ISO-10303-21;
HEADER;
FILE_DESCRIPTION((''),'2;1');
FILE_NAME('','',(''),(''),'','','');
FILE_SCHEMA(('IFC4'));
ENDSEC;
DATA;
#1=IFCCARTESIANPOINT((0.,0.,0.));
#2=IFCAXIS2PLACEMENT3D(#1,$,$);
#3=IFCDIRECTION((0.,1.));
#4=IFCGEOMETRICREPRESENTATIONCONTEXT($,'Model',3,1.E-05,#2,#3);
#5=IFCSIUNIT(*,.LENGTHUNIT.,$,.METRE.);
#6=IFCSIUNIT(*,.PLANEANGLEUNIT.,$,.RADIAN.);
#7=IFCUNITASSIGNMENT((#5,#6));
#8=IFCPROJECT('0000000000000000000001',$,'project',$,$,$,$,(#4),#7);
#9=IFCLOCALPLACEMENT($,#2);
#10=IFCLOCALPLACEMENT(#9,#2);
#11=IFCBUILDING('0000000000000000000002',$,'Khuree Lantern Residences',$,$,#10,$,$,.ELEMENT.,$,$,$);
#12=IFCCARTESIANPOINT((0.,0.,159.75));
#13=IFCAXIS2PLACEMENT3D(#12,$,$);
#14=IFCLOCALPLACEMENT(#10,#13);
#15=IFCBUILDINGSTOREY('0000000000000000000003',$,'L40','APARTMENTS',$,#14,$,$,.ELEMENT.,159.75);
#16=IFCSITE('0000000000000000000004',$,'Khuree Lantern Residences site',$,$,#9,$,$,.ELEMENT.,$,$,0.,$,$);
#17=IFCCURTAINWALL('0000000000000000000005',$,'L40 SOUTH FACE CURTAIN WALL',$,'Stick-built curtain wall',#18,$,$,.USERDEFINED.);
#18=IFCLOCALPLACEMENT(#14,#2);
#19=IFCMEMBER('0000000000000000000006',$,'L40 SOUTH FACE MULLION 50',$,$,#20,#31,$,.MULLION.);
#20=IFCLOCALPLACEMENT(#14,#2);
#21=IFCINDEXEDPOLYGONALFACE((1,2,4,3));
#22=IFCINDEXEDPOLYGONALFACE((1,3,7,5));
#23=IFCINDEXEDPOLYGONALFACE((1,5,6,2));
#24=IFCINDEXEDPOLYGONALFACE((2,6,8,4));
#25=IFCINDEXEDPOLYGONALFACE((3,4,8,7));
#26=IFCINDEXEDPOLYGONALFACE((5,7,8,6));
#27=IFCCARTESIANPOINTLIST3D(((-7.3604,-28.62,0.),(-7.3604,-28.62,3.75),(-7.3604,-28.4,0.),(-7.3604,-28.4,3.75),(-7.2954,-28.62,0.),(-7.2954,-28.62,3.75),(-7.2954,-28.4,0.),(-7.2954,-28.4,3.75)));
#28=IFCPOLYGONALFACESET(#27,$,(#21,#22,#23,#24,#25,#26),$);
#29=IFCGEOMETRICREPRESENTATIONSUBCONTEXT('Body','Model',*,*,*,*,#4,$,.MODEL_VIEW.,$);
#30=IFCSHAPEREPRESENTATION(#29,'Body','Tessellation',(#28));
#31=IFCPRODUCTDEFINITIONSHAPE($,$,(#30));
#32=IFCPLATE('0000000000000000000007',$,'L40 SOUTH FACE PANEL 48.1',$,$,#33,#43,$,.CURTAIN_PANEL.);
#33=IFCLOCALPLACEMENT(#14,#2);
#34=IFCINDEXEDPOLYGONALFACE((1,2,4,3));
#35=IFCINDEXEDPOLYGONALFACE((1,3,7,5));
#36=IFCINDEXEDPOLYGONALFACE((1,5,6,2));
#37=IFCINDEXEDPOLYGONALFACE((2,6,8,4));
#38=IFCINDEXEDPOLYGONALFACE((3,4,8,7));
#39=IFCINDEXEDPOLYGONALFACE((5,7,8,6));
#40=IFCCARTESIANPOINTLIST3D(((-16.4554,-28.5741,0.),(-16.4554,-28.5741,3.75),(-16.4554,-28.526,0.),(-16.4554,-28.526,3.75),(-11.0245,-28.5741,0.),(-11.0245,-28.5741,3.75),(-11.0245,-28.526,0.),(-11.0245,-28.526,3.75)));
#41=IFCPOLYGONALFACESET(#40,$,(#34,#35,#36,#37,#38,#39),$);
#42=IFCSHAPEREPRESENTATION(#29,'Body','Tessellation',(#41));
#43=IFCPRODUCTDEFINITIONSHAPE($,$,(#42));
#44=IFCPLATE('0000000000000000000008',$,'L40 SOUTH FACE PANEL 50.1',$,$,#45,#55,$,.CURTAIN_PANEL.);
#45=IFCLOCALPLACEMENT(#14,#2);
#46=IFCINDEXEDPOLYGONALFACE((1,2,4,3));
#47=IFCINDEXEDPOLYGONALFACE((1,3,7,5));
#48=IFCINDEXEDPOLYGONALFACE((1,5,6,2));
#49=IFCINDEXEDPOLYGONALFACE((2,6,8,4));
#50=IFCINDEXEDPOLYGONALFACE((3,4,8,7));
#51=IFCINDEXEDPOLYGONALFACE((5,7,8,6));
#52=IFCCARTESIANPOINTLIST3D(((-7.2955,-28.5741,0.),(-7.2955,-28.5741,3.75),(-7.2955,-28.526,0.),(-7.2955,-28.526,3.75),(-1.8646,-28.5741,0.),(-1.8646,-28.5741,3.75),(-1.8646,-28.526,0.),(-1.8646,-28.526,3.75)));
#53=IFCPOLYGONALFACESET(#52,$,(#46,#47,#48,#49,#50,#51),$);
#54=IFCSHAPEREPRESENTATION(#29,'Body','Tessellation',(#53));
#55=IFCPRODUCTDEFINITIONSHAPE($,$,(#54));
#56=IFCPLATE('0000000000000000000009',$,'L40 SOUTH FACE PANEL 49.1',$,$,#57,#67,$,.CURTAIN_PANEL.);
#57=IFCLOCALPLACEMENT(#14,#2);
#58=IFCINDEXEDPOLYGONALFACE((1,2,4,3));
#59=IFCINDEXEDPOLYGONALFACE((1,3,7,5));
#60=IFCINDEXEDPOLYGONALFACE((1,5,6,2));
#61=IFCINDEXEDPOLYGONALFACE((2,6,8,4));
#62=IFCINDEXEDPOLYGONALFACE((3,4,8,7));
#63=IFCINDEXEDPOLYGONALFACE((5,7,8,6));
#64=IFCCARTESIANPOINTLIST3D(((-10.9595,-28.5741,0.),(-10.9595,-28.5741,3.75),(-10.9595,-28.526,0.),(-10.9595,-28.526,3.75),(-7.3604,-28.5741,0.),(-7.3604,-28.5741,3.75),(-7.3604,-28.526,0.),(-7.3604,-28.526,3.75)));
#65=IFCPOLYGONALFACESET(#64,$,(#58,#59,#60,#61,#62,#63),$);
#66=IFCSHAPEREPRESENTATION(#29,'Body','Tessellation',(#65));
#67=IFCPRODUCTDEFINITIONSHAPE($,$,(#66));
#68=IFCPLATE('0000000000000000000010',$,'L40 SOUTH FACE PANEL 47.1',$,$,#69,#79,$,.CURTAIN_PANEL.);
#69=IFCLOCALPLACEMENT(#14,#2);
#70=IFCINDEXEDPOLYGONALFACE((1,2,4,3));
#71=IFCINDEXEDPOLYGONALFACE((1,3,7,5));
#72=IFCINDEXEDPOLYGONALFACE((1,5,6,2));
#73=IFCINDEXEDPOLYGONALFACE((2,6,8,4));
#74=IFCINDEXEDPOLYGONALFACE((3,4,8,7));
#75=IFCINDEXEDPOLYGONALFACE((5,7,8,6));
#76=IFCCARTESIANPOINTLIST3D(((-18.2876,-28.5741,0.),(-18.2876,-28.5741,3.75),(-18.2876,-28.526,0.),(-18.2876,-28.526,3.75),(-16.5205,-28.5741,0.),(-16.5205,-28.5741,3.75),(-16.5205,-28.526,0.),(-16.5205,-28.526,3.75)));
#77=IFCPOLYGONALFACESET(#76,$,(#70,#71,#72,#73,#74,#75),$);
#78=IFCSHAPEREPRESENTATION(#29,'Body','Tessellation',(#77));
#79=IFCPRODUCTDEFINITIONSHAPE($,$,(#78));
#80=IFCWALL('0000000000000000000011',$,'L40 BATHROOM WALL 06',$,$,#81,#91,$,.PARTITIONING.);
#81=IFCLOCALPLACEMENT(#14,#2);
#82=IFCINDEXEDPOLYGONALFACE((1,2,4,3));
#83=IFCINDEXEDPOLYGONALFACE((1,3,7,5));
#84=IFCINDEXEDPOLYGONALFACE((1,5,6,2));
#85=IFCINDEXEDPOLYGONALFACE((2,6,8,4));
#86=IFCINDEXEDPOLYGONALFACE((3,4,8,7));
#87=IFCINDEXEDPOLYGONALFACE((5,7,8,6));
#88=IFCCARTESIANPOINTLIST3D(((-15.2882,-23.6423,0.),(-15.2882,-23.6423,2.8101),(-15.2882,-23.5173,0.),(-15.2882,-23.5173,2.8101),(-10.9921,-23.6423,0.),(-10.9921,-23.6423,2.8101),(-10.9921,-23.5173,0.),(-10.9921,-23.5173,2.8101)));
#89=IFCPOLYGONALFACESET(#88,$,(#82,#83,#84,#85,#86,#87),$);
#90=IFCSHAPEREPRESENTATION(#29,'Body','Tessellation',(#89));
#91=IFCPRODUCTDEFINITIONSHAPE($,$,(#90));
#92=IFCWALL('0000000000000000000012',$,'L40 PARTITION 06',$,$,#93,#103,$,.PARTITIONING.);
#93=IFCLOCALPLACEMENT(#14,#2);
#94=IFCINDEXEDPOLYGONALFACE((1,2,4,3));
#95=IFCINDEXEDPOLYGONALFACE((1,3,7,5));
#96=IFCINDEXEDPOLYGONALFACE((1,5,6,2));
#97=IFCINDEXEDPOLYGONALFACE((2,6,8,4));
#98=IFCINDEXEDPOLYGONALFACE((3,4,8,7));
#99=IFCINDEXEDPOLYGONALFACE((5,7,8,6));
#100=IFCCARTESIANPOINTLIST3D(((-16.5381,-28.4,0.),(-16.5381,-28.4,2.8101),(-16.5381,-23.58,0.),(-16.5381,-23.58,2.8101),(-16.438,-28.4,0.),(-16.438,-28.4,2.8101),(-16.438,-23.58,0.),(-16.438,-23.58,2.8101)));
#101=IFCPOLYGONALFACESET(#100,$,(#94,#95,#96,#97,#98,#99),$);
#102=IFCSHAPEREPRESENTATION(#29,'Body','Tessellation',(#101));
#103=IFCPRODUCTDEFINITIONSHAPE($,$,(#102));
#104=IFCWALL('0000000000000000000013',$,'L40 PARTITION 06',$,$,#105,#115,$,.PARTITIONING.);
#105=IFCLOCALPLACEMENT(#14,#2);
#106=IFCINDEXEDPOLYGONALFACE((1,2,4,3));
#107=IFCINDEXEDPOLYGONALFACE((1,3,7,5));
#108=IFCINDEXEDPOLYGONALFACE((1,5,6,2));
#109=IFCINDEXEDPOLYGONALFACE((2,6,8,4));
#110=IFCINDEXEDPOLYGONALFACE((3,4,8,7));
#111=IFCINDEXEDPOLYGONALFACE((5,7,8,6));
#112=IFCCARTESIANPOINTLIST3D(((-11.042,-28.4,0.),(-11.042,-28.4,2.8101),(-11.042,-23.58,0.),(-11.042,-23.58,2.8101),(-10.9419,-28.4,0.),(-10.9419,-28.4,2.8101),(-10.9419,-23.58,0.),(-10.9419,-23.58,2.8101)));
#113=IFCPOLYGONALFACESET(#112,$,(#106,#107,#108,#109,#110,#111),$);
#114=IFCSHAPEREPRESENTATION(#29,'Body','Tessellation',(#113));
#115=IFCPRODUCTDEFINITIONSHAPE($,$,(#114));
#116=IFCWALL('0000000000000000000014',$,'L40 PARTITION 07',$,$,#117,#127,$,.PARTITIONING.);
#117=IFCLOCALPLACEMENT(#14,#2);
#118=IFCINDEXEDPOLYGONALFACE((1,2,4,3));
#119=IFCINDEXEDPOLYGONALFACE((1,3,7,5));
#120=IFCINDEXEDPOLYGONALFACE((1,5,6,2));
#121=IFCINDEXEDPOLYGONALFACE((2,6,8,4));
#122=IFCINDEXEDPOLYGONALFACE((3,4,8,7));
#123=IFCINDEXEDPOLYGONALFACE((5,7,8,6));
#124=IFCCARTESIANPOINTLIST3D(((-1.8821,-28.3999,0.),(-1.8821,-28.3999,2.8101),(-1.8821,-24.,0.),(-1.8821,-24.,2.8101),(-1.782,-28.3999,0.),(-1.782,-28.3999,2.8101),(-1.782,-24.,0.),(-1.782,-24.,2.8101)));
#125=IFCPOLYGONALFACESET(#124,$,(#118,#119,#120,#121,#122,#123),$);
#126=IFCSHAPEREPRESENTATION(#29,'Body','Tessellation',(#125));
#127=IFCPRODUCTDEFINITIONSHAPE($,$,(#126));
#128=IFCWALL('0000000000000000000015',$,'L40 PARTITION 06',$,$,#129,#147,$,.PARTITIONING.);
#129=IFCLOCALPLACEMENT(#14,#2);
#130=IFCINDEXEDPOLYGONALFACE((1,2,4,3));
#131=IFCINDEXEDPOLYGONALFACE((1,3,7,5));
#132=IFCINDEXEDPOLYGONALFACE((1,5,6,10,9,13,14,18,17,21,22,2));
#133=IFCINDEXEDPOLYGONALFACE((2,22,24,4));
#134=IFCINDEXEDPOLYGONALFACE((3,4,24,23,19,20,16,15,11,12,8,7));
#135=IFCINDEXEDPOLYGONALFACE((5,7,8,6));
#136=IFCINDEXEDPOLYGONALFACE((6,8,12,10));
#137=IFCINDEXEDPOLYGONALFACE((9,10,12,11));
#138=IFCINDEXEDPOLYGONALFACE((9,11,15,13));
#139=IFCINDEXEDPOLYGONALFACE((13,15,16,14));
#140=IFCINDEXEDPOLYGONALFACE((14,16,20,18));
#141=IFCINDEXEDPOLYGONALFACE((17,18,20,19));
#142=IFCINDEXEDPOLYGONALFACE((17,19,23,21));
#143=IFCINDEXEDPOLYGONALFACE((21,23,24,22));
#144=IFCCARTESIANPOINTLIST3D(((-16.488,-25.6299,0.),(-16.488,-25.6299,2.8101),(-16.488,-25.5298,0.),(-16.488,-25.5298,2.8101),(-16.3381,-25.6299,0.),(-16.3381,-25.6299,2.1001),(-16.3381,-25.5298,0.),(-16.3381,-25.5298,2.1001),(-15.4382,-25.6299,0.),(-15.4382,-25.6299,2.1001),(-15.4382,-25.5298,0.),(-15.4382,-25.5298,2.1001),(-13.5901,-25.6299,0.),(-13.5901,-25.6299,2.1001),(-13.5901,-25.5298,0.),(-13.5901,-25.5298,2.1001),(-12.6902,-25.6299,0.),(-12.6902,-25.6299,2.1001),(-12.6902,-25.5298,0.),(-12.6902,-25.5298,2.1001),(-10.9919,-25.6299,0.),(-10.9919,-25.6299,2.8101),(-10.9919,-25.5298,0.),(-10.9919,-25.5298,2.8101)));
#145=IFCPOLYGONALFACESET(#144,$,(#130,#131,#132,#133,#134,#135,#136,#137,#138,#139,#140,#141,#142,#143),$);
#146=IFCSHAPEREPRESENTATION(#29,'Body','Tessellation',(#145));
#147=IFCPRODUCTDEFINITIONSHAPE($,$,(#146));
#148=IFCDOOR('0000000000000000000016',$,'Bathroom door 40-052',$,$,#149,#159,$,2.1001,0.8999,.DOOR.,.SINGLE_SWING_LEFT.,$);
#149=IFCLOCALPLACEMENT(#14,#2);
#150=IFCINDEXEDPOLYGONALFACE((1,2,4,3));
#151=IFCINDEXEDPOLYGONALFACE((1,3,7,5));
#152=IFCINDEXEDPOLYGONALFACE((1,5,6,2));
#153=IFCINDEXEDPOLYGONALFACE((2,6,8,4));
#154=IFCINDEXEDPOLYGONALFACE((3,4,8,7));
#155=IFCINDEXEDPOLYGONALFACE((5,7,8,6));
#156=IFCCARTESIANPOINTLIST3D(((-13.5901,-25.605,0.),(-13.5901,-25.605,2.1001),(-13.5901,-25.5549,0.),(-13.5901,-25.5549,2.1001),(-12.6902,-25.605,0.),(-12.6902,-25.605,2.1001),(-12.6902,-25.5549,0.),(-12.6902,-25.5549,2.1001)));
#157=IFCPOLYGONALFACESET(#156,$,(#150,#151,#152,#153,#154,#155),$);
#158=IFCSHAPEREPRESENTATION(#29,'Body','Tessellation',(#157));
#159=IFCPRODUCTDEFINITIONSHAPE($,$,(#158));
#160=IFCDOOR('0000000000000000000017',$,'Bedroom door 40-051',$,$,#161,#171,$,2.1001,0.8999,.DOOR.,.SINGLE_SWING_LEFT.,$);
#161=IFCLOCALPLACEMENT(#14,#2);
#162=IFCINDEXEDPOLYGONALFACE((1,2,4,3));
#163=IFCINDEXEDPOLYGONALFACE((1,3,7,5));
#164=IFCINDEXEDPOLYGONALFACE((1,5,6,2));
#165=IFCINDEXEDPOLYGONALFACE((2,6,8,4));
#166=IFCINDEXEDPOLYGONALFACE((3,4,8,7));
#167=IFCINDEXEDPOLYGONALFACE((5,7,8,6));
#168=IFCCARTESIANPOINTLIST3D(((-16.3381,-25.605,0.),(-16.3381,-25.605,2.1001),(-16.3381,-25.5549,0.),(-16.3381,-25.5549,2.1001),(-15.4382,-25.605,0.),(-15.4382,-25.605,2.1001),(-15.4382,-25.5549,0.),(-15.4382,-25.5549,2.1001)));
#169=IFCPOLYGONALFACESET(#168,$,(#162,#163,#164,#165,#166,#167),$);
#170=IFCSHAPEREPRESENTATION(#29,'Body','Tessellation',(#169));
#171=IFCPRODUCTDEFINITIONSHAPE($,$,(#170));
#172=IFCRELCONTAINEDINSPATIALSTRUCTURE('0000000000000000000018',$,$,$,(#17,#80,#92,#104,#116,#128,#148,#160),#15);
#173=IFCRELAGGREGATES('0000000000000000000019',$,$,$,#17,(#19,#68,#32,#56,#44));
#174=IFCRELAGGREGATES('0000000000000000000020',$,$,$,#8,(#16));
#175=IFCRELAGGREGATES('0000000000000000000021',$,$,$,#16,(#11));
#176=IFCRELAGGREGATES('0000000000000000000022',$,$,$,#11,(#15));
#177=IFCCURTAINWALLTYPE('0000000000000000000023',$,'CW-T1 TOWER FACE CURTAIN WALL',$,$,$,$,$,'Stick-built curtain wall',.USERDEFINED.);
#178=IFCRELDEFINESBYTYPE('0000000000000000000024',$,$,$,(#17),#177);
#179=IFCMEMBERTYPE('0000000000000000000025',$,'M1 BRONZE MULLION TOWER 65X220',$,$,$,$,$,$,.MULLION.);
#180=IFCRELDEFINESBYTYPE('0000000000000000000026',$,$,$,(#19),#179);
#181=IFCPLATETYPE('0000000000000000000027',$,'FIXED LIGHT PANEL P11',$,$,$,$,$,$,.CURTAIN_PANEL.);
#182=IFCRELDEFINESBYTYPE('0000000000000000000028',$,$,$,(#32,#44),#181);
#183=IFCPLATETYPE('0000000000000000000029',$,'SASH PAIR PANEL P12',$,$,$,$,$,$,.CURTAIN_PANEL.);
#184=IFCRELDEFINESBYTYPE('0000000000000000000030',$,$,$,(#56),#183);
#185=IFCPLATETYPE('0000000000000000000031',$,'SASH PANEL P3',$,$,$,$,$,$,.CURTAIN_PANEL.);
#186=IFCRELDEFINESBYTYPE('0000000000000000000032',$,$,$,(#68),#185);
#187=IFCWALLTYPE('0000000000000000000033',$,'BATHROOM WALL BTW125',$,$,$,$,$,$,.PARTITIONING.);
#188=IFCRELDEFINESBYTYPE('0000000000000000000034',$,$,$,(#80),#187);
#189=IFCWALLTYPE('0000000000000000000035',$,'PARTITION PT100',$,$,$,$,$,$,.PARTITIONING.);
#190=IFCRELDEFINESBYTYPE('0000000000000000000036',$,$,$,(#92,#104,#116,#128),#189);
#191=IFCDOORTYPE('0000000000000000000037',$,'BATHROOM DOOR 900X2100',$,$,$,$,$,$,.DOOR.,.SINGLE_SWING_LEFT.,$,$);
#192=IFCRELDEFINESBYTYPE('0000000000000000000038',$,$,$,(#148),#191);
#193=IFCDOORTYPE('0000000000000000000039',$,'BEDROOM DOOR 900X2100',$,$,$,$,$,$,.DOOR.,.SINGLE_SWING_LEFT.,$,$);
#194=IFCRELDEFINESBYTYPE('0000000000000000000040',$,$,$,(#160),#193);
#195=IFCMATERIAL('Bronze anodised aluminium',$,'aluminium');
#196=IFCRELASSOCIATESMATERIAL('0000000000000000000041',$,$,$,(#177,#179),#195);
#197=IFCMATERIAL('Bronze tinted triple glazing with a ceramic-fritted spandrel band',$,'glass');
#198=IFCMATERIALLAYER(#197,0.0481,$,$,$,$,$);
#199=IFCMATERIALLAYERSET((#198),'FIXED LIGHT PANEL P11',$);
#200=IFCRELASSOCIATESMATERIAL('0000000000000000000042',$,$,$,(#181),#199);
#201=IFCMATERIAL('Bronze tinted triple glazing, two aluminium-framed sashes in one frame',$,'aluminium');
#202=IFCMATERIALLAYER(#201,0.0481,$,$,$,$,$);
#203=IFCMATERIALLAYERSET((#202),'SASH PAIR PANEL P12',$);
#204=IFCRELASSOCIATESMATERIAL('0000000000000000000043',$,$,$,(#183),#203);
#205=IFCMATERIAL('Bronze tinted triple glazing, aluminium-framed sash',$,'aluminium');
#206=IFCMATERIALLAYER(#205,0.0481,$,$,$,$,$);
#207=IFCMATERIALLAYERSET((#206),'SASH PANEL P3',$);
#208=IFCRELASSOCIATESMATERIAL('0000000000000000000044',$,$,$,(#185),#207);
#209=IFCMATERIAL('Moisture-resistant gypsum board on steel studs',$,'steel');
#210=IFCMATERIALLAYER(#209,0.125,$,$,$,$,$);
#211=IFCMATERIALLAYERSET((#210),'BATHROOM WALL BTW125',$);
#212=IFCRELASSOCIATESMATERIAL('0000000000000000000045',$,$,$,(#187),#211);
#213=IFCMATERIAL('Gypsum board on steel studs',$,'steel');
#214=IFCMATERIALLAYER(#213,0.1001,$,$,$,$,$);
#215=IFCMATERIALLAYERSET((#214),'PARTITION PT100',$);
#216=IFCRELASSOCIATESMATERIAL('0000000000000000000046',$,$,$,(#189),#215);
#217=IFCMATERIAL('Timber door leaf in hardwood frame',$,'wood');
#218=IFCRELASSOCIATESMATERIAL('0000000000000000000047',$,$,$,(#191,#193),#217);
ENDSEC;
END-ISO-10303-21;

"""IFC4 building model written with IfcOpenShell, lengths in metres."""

from ifc_helpers import new_model, si_unit, direction, frame, frame_2d, origin, origin_2d, place, context, subcontext, project, spatial, rectangle, extrude, material, layer, layer_set, material_profile, profile_set, type_object, element, fill, aggregate, save


model = new_model("IFC4")

# Units and contexts
model_context = context("Model", 3, precision=1e-05, world=origin(), true_north=direction((0.0, 1.0)))
body_context = subcontext(model_context, "Body", "Model", "MODEL_VIEW")
ifc_project = project(units=[si_unit("LENGTHUNIT", "METRE"), si_unit("PLANEANGLEUNIT", "RADIAN")], contexts=[model_context])

# Site, building, storey
site_placement = place(None, origin())
site = spatial("IfcSite", under=ifc_project, at=site_placement, Name="Khuree Lantern Residences site", CompositionType="ELEMENT", RefElevation=0.0)
building_placement = place(site_placement, origin())
building = spatial("IfcBuilding", under=site, at=building_placement, Name="Khuree Lantern Residences", CompositionType="ELEMENT")
storey_placement = place(building_placement, frame((0.0, 0.0, 159.75)))
storey = spatial("IfcBuildingStorey", under=building, at=storey_placement, Name="L40", Description="APARTMENTS", CompositionType="ELEMENT", Elevation=159.75)

# Curtain wall
ifc_material_1 = material(Name="Bronze anodised aluminium", Category="aluminium")
curtain_wall_type = type_object("IfcCurtainWallType", Name="CW-T1 TOWER FACE CURTAIN WALL", ElementType="Stick-built curtain wall", PredefinedType="USERDEFINED", material=ifc_material_1)
curtain_wall_placement = place(storey_placement, origin())
curtain_wall = element("IfcCurtainWall", 1, at=curtain_wall_placement, inside=storey, type_object=curtain_wall_type, Name="L40 SOUTH FACE CURTAIN WALL", ObjectType="Stick-built curtain wall", PredefinedType="USERDEFINED")

# Member
ifc_material_profile_1 = material_profile(ifc_material_1, rectangle(XDim=0.0649, YDim=0.22, at=origin_2d()), Name="M1 65X220")
ifc_profile_set_1 = profile_set([ifc_material_profile_1], Name="Bronze anodised aluminium")
member_type_1 = type_object("IfcMemberType", Name="M1 BRONZE MULLION TOWER 65X220", PredefinedType="MULLION", material=ifc_profile_set_1)
member_1_placement = place(storey_placement, frame((-7.3279, -28.51, 0.0), z_axis=(0.0, 0.0, 1.0), x_axis=(1.0, 0.0, 0.0)))
member_1 = element("IfcMember", 2, at=member_1_placement, type_object=member_type_1, Name="L40 SOUTH FACE MULLION 50", PredefinedType="MULLION", context=body_context, shape_type="SweptSolid", body=[
    extrude(rectangle(XDim=0.0649, YDim=0.22, at=origin_2d()), origin(), (0.0, 0.0, 1.0), 3.75),
])

# Plates
ifc_material_2 = material(Name="Bronze tinted triple glazing with a ceramic-fritted spandrel band", Category="glass")
ifc_layer_1 = layer(ifc_material_2, 0.0481)
ifc_layer_set_1 = layer_set([ifc_layer_1], Name="FIXED LIGHT PANEL P11")
plate_type_1 = type_object("IfcPlateType", Name="FIXED LIGHT PANEL P11", PredefinedType="CURTAIN_PANEL", material=ifc_layer_set_1)
plate_1_placement = place(storey_placement, frame((-13.74, -28.55, 0.0), z_axis=(0.0, 0.0, 1.0), x_axis=(1.0, 0.0, 0.0)))
plate_1 = element("IfcPlate", 3, at=plate_1_placement, type_object=plate_type_1, Name="L40 SOUTH FACE PANEL 48.1", PredefinedType="CURTAIN_PANEL", context=body_context, shape_type="SweptSolid", body=[
    extrude(rectangle(XDim=5.4309, YDim=0.0481, at=origin_2d()), origin(), (0.0, 0.0, 1.0), 3.75),
])
plate_2_placement = place(storey_placement, frame((-4.5801, -28.55, 0.0), z_axis=(0.0, 0.0, 1.0), x_axis=(1.0, 0.0, 0.0)))
plate_2 = element("IfcPlate", 4, at=plate_2_placement, type_object=plate_type_1, Name="L40 SOUTH FACE PANEL 50.1", PredefinedType="CURTAIN_PANEL", context=body_context, shape_type="SweptSolid", body=[
    extrude(rectangle(XDim=5.4309, YDim=0.0481, at=origin_2d()), origin(), (0.0, 0.0, 1.0), 3.75),
])
ifc_material_3 = material(Name="Bronze tinted triple glazing, two aluminium-framed sashes in one frame", Category="aluminium")
ifc_layer_2 = layer(ifc_material_3, 0.0481)
ifc_layer_set_2 = layer_set([ifc_layer_2], Name="SASH PAIR PANEL P12")
plate_type_2 = type_object("IfcPlateType", Name="SASH PAIR PANEL P12", PredefinedType="CURTAIN_PANEL", material=ifc_layer_set_2)
plate_3_placement = place(storey_placement, frame((-9.1599, -28.55, 0.0), z_axis=(0.0, 0.0, 1.0), x_axis=(1.0, 0.0, 0.0)))
plate_3 = element("IfcPlate", 5, at=plate_3_placement, type_object=plate_type_2, Name="L40 SOUTH FACE PANEL 49.1", PredefinedType="CURTAIN_PANEL", context=body_context, shape_type="SweptSolid", body=[
    extrude(rectangle(XDim=3.5991, YDim=0.0481, at=origin_2d()), origin(), (0.0, 0.0, 1.0), 3.75),
])
ifc_material_4 = material(Name="Bronze tinted triple glazing, aluminium-framed sash", Category="aluminium")
ifc_layer_3 = layer(ifc_material_4, 0.0481)
ifc_layer_set_3 = layer_set([ifc_layer_3], Name="SASH PANEL P3")
plate_type_3 = type_object("IfcPlateType", Name="SASH PANEL P3", PredefinedType="CURTAIN_PANEL", material=ifc_layer_set_3)
plate_4_placement = place(storey_placement, frame((-17.4041, -28.55, 0.0), z_axis=(0.0, 0.0, 1.0), x_axis=(1.0, 0.0, 0.0)))
plate_4 = element("IfcPlate", 6, at=plate_4_placement, type_object=plate_type_3, Name="L40 SOUTH FACE PANEL 47.1", PredefinedType="CURTAIN_PANEL", context=body_context, shape_type="SweptSolid", body=[
    extrude(rectangle(XDim=1.7671, YDim=0.0481, at=origin_2d()), origin(), (0.0, 0.0, 1.0), 3.75),
])
aggregate(curtain_wall, [member_1, plate_4, plate_1, plate_3, plate_2])

# Walls
ifc_material_5 = material(Name="Moisture-resistant gypsum board on steel studs", Category="steel")
ifc_layer_4 = layer(ifc_material_5, 0.125)
ifc_layer_set_4 = layer_set([ifc_layer_4], Name="BATHROOM WALL BTW125")
wall_type_1 = type_object("IfcWallType", Name="BATHROOM WALL BTW125", PredefinedType="PARTITIONING", material=ifc_layer_set_4)
wall_1_placement = place(storey_placement, frame((-15.2881, -23.5798, 0.0), z_axis=(0.0, 0.0, 1.0), x_axis=(1.0, 0.0, 0.0)))
element("IfcWall", 7, at=wall_1_placement, inside=storey, type_object=wall_type_1, Name="L40 BATHROOM WALL 06", PredefinedType="PARTITIONING", context=body_context, shape_type="SweptSolid", body=[
    extrude(rectangle(XDim=4.2961, YDim=0.125, at=frame_2d((2.1479, 0.0))), origin(), (0.0, 0.0, 1.0), 2.8101),
])
ifc_material_6 = material(Name="Gypsum board on steel studs", Category="steel")
ifc_layer_5 = layer(ifc_material_6, 0.1001)
ifc_layer_set_5 = layer_set([ifc_layer_5], Name="PARTITION PT100")
wall_type_2 = type_object("IfcWallType", Name="PARTITION PT100", PredefinedType="PARTITIONING", material=ifc_layer_set_5)
for number, where, z_axis, x_axis, name in (
    (8, (-16.488, -23.5798, 0.0), (0.0, 0.0, 1.0), (0.0, -1.0, 0.0), "L40 PARTITION 06"),
    (9, (-10.9919, -23.5798, 0.0), (0.0, 0.0, 1.0), (0.0, -1.0, 0.0), "L40 PARTITION 06"),
):
    element("IfcWall", number, at=place(storey_placement, frame(where, z_axis=z_axis, x_axis=x_axis)), inside=storey, type_object=wall_type_2, Name=name, PredefinedType="PARTITIONING", context=body_context, shape_type="SweptSolid", body=[
        extrude(rectangle(XDim=4.8201, YDim=0.1001, at=frame_2d((2.4102, 0.0))), origin(), (0.0, 0.0, 1.0), 2.8101),
    ])
wall_2_placement = place(storey_placement, frame((-1.832, -24.0, 0.0), z_axis=(0.0, 0.0, 1.0), x_axis=(0.0, -1.0, 0.0)))
element("IfcWall", 10, at=wall_2_placement, inside=storey, type_object=wall_type_2, Name="L40 PARTITION 07", PredefinedType="PARTITIONING", context=body_context, shape_type="SweptSolid", body=[
    extrude(rectangle(XDim=4.3999, YDim=0.1001, at=frame_2d((2.2, 0.0))), origin(), (0.0, 0.0, 1.0), 2.8101),
])

# Wall, openings, doors
wall_3_placement = place(storey_placement, frame((-16.488, -25.5798, 0.0), z_axis=(0.0, 0.0, 1.0), x_axis=(1.0, 0.0, 0.0)))
wall_3 = element("IfcWall", 11, at=wall_3_placement, inside=storey, type_object=wall_type_2, Name="L40 PARTITION 06", PredefinedType="PARTITIONING", context=body_context, shape_type="SweptSolid", body=[
    extrude(rectangle(XDim=5.4961, YDim=0.1001, at=frame_2d((2.748, 0.0))), origin(), (0.0, 0.0, 1.0), 2.8101),
])
opening_1_placement = place(wall_3_placement, frame((0.1499, 0.0, 0.0)))
opening_1 = element("IfcOpeningElement", 12, at=opening_1_placement, cuts=wall_3, PredefinedType="OPENING", context=body_context, shape_type="SweptSolid", body=[
    extrude(rectangle(XDim=0.8999, YDim=2.1001, at=frame_2d((0.45, 1.05))), frame((0.0, 0.0601, 0.0), z_axis=(0.0, -1.0, 0.0), x_axis=(1.0, 0.0, 0.0)), (0.0, 0.0, 1.0), 0.1201),
])
opening_2_placement = place(wall_3_placement, frame((2.8979, 0.0, 0.0)))
opening_2 = element("IfcOpeningElement", 13, at=opening_2_placement, cuts=wall_3, PredefinedType="OPENING", context=body_context, shape_type="SweptSolid", body=[
    extrude(rectangle(XDim=0.8999, YDim=2.1001, at=frame_2d((0.45, 1.05))), frame((0.0, 0.0601, 0.0), z_axis=(0.0, -1.0, 0.0), x_axis=(1.0, 0.0, 0.0)), (0.0, 0.0, 1.0), 0.1201),
])
ifc_material_7 = material(Name="Timber door leaf in hardwood frame", Category="wood")
door_type_1 = type_object("IfcDoorType", Name="BATHROOM DOOR 900X2100", OperationType="SINGLE_SWING_LEFT", PredefinedType="DOOR", material=ifc_material_7)
door_1_placement = place(opening_2_placement, origin())
door_1 = element("IfcDoor", 14, at=door_1_placement, inside=storey, type_object=door_type_1, Name="Bathroom door 40-052", OperationType="SINGLE_SWING_LEFT", OverallHeight=2.1001, OverallWidth=0.8999, PredefinedType="DOOR", context=body_context, shape_type="SweptSolid", body=[
    extrude(rectangle(XDim=0.8999, YDim=2.1001, at=frame_2d((0.45, 1.05))), frame((0.0, 0.0249, 0.0), z_axis=(0.0, -1.0, 0.0), x_axis=(1.0, 0.0, 0.0)), (0.0, 0.0, 1.0), 0.05),
])
fill(opening_2, door_1)
door_type_2 = type_object("IfcDoorType", Name="BEDROOM DOOR 900X2100", OperationType="SINGLE_SWING_LEFT", PredefinedType="DOOR", material=ifc_material_7)
door_2_placement = place(opening_1_placement, origin())
door_2 = element("IfcDoor", 15, at=door_2_placement, inside=storey, type_object=door_type_2, Name="Bedroom door 40-051", OperationType="SINGLE_SWING_LEFT", OverallHeight=2.1001, OverallWidth=0.8999, PredefinedType="DOOR", context=body_context, shape_type="SweptSolid", body=[
    extrude(rectangle(XDim=0.8999, YDim=2.1001, at=frame_2d((0.45, 1.05))), frame((0.0, 0.0249, 0.0), z_axis=(0.0, -1.0, 0.0), x_axis=(1.0, 0.0, 0.0)), (0.0, 0.0, 1.0), 0.05),
])
fill(opening_1, door_2)

save(model, "model.ifc")
